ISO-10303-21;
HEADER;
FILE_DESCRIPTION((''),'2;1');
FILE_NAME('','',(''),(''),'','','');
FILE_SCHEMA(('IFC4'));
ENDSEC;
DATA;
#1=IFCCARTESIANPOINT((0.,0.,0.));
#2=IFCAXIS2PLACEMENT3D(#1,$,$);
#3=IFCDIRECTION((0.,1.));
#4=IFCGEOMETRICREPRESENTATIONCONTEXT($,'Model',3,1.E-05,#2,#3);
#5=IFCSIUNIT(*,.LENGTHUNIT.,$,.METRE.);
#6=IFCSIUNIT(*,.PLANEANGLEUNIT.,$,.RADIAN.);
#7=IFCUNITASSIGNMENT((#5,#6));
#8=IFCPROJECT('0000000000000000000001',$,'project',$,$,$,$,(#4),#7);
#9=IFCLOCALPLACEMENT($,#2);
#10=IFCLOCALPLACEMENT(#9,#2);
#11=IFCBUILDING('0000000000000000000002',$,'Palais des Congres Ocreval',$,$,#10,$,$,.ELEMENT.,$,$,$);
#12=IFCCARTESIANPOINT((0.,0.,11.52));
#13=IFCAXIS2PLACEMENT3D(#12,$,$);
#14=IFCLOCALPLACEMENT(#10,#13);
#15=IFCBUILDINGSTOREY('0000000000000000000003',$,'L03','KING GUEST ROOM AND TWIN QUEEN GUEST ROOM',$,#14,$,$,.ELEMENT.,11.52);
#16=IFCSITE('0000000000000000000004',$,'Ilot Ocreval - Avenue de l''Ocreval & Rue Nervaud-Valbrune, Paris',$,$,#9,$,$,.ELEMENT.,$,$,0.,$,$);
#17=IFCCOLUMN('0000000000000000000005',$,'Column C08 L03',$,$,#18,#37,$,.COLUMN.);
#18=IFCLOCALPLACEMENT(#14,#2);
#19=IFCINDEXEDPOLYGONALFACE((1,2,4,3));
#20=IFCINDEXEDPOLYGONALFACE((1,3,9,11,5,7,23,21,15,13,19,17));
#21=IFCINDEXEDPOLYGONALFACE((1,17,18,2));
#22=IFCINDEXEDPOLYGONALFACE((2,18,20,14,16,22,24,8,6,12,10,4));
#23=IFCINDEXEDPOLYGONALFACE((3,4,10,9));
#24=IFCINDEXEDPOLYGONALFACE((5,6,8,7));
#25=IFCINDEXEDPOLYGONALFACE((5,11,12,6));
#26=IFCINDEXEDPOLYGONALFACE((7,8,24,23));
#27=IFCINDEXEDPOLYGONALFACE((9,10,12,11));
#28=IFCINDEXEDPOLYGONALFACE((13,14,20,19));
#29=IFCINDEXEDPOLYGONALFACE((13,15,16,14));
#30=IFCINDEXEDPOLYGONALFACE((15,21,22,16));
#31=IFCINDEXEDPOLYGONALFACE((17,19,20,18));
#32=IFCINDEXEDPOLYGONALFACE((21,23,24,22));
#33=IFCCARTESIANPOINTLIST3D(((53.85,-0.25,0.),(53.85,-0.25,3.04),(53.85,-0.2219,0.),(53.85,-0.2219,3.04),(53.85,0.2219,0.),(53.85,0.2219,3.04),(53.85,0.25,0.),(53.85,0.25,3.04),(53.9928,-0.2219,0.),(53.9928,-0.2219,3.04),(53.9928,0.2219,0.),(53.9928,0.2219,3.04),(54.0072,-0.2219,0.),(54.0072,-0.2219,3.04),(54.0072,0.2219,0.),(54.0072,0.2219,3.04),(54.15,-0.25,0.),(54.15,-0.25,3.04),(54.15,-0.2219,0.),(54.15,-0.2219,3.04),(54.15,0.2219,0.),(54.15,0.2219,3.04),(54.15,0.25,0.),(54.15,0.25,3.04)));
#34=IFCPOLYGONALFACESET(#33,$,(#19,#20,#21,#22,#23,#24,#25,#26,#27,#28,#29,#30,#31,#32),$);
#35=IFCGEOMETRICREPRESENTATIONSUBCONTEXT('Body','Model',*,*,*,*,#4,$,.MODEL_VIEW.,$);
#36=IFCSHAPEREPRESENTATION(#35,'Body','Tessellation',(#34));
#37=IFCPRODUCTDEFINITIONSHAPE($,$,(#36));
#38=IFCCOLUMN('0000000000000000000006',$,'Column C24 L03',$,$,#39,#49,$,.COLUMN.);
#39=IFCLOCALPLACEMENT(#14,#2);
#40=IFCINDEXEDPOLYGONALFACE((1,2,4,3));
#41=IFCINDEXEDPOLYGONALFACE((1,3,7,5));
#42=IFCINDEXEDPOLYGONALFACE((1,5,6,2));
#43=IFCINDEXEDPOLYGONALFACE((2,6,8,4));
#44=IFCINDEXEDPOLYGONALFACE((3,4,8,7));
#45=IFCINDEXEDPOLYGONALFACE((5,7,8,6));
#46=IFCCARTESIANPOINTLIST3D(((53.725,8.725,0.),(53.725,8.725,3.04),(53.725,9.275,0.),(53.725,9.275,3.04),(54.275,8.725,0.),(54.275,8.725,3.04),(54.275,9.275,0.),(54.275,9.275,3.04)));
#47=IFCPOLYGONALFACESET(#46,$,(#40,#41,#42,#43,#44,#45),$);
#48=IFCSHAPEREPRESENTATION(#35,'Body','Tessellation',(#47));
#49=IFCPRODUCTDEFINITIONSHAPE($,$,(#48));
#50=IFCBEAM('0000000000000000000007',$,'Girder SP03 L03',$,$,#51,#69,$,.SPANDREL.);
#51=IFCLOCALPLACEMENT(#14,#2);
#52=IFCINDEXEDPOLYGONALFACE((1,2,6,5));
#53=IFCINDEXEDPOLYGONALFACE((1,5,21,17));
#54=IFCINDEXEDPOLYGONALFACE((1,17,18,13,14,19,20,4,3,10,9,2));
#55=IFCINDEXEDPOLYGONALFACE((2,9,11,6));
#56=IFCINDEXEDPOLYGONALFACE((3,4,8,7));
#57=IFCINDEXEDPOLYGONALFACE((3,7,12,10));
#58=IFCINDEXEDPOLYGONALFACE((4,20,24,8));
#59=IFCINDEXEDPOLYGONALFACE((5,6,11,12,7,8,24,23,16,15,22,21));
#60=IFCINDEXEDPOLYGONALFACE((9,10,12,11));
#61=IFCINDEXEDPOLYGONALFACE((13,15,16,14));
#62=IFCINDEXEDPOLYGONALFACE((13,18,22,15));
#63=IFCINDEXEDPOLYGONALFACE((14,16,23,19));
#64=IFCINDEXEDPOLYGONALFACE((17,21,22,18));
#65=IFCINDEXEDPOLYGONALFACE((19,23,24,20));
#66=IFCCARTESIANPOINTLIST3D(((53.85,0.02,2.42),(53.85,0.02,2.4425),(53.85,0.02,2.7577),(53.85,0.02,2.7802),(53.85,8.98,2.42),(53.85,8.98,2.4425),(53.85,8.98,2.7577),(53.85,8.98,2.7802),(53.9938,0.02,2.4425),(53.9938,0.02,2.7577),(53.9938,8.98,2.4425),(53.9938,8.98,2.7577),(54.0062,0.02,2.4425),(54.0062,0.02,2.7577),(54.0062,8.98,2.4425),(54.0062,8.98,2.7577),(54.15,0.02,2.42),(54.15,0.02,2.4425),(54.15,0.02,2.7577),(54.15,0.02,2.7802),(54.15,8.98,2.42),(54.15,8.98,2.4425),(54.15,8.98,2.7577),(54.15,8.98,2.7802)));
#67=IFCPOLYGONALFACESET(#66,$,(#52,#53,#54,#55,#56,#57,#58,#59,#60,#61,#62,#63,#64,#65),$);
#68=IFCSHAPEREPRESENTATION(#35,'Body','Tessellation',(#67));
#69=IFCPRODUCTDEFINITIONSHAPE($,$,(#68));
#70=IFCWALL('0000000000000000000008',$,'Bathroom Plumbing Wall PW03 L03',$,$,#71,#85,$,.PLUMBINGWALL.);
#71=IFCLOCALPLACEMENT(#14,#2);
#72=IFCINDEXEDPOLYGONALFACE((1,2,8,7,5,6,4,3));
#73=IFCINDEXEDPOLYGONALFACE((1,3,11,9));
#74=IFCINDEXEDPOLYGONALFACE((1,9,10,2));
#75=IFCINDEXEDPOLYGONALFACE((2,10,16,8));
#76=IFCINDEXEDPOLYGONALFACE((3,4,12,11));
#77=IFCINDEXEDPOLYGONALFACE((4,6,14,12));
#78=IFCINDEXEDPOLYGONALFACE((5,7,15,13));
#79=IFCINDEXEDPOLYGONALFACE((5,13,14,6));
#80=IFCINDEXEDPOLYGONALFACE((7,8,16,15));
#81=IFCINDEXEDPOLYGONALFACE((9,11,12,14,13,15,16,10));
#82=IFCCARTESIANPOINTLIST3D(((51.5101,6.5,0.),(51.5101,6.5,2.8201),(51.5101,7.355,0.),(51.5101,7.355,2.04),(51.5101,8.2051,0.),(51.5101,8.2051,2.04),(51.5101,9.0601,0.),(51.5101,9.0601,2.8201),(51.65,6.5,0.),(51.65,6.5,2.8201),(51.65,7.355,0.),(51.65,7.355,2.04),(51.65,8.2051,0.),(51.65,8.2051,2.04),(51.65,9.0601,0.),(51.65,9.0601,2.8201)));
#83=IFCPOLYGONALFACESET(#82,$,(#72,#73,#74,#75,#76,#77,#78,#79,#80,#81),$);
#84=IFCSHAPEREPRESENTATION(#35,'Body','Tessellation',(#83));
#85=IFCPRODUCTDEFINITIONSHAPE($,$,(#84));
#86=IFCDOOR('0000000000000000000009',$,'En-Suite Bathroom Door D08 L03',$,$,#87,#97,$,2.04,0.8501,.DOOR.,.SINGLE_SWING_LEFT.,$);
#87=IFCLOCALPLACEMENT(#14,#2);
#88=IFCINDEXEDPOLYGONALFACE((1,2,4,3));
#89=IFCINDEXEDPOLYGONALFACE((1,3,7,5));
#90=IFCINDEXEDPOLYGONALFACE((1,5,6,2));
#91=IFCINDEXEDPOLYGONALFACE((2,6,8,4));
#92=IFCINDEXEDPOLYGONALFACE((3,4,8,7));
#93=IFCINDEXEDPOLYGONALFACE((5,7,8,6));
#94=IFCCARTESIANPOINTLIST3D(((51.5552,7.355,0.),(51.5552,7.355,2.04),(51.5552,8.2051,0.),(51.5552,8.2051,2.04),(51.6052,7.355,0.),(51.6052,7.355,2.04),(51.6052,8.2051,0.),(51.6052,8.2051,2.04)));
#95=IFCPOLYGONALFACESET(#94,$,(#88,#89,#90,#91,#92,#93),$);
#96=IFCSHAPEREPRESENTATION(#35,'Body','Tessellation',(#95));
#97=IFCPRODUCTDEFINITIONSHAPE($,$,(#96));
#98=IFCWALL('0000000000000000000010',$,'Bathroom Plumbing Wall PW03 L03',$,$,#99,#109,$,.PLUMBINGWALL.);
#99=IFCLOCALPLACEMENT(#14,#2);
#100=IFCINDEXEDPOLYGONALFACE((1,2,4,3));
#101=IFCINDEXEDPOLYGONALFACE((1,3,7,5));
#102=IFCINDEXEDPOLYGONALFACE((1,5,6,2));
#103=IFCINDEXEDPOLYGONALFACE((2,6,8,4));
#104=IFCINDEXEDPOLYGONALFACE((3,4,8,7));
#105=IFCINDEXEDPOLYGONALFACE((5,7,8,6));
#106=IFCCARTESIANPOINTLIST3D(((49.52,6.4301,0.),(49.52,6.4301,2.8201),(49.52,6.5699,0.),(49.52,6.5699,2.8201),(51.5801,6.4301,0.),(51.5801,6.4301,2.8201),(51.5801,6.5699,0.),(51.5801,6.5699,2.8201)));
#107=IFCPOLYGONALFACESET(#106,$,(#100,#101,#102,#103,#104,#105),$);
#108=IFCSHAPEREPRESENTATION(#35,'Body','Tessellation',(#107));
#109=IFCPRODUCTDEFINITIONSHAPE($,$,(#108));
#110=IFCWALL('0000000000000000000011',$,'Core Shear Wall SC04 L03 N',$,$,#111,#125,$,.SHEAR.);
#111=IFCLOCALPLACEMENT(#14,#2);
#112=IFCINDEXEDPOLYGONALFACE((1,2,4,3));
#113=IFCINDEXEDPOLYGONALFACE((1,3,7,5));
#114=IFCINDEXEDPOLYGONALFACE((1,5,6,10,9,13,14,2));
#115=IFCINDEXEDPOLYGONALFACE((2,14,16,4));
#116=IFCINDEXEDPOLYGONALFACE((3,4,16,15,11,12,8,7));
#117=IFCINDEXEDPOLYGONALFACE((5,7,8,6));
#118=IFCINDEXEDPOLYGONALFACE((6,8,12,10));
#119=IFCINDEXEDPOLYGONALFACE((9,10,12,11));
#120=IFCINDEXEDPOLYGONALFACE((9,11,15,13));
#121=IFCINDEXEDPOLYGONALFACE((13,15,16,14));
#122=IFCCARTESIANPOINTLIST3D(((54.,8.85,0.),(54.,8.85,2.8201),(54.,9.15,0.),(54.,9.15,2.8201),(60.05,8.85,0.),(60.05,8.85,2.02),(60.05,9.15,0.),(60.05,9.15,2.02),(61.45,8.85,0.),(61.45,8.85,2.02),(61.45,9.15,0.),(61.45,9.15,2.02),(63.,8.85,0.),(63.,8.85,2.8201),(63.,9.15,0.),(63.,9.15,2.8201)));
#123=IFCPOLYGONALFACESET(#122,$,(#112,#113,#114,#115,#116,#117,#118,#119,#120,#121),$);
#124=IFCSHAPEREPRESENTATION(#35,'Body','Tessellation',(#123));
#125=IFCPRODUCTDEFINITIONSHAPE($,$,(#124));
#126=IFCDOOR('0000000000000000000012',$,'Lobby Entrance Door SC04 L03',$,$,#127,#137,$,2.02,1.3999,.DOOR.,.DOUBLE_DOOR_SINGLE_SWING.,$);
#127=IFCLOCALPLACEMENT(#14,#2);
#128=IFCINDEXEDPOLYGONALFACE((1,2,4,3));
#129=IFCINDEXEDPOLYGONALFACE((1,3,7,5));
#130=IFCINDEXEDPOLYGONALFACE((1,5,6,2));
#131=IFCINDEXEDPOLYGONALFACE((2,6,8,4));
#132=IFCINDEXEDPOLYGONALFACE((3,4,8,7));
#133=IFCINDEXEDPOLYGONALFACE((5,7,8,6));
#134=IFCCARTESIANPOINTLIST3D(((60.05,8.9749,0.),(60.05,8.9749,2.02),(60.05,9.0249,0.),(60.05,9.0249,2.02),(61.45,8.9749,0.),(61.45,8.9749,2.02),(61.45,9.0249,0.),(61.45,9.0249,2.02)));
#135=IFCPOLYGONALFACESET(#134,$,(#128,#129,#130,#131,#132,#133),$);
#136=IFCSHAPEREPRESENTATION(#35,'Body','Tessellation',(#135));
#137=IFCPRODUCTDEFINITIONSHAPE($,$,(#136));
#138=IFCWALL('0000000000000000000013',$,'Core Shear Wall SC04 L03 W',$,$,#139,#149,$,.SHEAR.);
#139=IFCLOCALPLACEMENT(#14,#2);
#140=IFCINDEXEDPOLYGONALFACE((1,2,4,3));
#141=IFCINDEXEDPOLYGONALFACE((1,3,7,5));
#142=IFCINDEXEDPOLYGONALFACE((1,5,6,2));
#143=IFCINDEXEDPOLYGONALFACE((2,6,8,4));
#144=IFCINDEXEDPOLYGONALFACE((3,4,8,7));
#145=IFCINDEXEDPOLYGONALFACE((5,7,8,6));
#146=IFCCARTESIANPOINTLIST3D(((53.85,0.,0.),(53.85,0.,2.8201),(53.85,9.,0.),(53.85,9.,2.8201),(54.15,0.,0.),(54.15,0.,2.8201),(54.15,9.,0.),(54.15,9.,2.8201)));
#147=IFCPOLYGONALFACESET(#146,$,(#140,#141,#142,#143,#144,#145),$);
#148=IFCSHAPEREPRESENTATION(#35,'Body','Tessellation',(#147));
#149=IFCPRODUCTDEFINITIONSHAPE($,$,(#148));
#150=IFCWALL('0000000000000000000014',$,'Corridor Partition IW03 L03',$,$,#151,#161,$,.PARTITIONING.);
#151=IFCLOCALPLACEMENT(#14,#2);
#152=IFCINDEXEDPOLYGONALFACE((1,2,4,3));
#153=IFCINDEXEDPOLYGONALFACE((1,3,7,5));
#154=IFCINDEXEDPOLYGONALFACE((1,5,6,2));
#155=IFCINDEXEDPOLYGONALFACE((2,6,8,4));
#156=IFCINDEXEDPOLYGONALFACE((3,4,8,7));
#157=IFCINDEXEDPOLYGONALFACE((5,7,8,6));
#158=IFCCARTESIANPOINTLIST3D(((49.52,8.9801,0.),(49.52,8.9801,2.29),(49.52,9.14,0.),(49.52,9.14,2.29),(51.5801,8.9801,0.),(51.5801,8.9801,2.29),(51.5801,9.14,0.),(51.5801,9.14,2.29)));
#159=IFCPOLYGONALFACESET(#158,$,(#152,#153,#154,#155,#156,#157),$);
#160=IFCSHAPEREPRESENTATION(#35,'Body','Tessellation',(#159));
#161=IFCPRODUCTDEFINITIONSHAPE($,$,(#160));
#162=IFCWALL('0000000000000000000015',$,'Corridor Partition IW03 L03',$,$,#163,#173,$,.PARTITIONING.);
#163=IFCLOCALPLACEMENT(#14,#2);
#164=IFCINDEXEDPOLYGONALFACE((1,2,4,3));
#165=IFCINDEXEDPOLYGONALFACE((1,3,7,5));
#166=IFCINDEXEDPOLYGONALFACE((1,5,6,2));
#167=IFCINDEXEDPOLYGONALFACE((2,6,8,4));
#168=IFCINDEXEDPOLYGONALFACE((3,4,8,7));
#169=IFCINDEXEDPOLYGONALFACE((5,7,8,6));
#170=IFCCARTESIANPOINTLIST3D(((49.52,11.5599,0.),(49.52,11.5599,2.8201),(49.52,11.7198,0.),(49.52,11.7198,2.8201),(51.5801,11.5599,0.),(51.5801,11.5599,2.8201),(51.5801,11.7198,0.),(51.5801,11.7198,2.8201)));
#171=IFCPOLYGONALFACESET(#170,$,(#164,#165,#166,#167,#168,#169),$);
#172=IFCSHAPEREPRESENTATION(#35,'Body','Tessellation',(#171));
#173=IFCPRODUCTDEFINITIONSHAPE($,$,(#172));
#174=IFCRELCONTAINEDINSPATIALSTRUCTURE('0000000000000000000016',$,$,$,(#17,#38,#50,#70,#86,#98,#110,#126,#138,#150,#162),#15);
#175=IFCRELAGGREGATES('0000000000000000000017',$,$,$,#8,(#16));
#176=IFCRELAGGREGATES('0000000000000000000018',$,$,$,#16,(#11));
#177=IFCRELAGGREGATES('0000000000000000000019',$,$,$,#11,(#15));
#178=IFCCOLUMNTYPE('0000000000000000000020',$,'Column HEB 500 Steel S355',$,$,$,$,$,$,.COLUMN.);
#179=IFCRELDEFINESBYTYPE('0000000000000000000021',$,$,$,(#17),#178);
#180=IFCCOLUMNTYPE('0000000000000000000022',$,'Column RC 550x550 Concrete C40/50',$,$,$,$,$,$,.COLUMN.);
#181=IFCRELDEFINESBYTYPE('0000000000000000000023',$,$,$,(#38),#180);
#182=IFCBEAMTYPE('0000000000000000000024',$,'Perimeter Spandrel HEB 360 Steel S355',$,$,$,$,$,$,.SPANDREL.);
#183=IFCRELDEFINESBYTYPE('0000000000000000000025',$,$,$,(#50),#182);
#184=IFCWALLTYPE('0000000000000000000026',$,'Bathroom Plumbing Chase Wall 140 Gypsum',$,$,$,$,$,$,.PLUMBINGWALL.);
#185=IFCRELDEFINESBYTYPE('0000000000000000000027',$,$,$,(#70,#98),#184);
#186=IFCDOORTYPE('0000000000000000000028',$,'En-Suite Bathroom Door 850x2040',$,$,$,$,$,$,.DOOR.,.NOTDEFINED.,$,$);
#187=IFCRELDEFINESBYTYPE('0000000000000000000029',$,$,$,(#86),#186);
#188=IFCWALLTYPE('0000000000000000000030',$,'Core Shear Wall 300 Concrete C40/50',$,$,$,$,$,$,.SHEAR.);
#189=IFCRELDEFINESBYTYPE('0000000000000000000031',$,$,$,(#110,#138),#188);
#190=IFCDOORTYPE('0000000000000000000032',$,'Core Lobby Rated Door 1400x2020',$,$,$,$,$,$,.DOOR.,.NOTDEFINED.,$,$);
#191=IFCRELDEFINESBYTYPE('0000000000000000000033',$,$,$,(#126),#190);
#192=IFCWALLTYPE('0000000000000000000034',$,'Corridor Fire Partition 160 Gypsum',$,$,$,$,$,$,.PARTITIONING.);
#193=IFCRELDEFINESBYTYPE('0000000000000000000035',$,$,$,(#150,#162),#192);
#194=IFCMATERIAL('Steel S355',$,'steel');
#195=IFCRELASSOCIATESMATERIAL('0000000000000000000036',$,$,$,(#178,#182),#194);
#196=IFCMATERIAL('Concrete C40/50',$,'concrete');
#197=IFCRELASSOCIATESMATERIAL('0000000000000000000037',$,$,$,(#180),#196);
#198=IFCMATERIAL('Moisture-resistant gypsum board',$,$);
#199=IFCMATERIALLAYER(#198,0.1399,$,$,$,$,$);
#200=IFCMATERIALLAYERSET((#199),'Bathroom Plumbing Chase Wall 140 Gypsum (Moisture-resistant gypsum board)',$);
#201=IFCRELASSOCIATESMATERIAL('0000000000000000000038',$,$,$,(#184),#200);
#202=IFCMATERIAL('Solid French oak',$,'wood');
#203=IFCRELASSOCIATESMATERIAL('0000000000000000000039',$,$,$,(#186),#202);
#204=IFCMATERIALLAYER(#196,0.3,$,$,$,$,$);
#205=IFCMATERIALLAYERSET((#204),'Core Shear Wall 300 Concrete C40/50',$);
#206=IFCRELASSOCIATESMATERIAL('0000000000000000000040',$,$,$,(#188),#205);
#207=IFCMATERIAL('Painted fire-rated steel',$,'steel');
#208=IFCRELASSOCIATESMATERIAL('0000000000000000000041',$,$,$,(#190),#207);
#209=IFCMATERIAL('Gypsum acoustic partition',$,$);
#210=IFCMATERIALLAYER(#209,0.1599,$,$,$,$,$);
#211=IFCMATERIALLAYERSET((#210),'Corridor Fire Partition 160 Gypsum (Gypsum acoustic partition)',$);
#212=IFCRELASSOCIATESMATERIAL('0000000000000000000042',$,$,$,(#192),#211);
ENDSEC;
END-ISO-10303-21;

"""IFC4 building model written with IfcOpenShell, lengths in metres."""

from ifc_helpers import new_model, si_unit, direction, frame, frame_2d, origin, origin_2d, place, context, subcontext, project, spatial, rectangle, i_section, extrude, material, layer, layer_set, material_profile, profile_set, type_object, element, fill, save


model = new_model("IFC4")

# Units and contexts
model_context = context("Model", 3, precision=1e-05, world=origin(), true_north=direction((0.0, 1.0)))
body_context = subcontext(model_context, "Body", "Model", "MODEL_VIEW")
ifc_project = project(units=[si_unit("LENGTHUNIT", "METRE"), si_unit("PLANEANGLEUNIT", "RADIAN")], contexts=[model_context])

# Site, building, storey
site_placement = place(None, origin())
site = spatial("IfcSite", under=ifc_project, at=site_placement, Name="Ilot Ocreval - Avenue de l'Ocreval & Rue Nervaud-Valbrune, Paris", CompositionType="ELEMENT", RefElevation=0.0)
building_placement = place(site_placement, origin())
building = spatial("IfcBuilding", under=site, at=building_placement, Name="Palais des Congres Ocreval", CompositionType="ELEMENT")
storey_placement = place(building_placement, frame((0.0, 0.0, 11.52)))
storey = spatial("IfcBuildingStorey", under=building, at=storey_placement, Name="L03", Description="KING GUEST ROOM AND TWIN QUEEN GUEST ROOM", CompositionType="ELEMENT", Elevation=11.52)

# Columns
ifc_material_1 = material(Name="Steel S355", Category="steel")
ifc_material_profile_1 = material_profile(ifc_material_1, i_section(OverallWidth=0.3, OverallDepth=0.5, WebThickness=0.0144, FlangeThickness=0.0281, at=origin_2d()), Name="HEB 500")
ifc_profile_set_1 = profile_set([ifc_material_profile_1], Name="Steel S355")
column_type_1 = type_object("IfcColumnType", Name="Column HEB 500 Steel S355", PredefinedType="COLUMN", material=ifc_profile_set_1)
column_1_placement = place(storey_placement, frame((54.0, 0.0, 0.0), z_axis=(0.0, 0.0, 1.0), x_axis=(1.0, 0.0, 0.0)))
element("IfcColumn", 1, at=column_1_placement, inside=storey, type_object=column_type_1, Name="Column C08 L03", PredefinedType="COLUMN", context=body_context, shape_type="SweptSolid", body=[
    extrude(i_section(OverallWidth=0.3, OverallDepth=0.5, WebThickness=0.0144, FlangeThickness=0.0281, at=origin_2d()), origin(), (0.0, 0.0, 1.0), 3.04),
])
ifc_material_2 = material(Name="Concrete C40/50", Category="concrete")
ifc_material_profile_2 = material_profile(ifc_material_2, rectangle(XDim=0.55, YDim=0.55, at=origin_2d()), Name="RC 550x550")
ifc_profile_set_2 = profile_set([ifc_material_profile_2], Name="Concrete C40/50")
column_type_2 = type_object("IfcColumnType", Name="Column RC 550x550 Concrete C40/50", PredefinedType="COLUMN", material=ifc_profile_set_2)
column_2_placement = place(storey_placement, frame((54.0, 9.0, 0.0), z_axis=(0.0, 0.0, 1.0), x_axis=(1.0, 0.0, 0.0)))
element("IfcColumn", 2, at=column_2_placement, inside=storey, type_object=column_type_2, Name="Column C24 L03", PredefinedType="COLUMN", context=body_context, shape_type="SweptSolid", body=[
    extrude(rectangle(XDim=0.55, YDim=0.55, at=origin_2d()), origin(), (0.0, 0.0, 1.0), 3.04),
])

# Beam
ifc_material_profile_3 = material_profile(ifc_material_1, i_section(OverallWidth=0.3, OverallDepth=0.3601, WebThickness=0.0125, FlangeThickness=0.0225, at=origin_2d()), Name="HEB 360")
ifc_profile_set_3 = profile_set([ifc_material_profile_3], Name="Steel S355")
beam_type = type_object("IfcBeamType", Name="Perimeter Spandrel HEB 360 Steel S355", PredefinedType="SPANDREL", material=ifc_profile_set_3)
beam_placement = place(storey_placement, frame((54.0, 0.02, 2.6001), z_axis=(0.0, 1.0, 0.0), x_axis=(-1.0, 0.0, 0.0)))
element("IfcBeam", 3, at=beam_placement, inside=storey, type_object=beam_type, Name="Girder SP03 L03", PredefinedType="SPANDREL", context=body_context, shape_type="SweptSolid", body=[
    extrude(i_section(OverallWidth=0.3, OverallDepth=0.3601, WebThickness=0.0125, FlangeThickness=0.0225, at=origin_2d()), origin(), (0.0, 0.0, 1.0), 8.96),
])

# Wall, opening, door
ifc_material_3 = material(Name="Moisture-resistant gypsum board")
ifc_layer_1 = layer(ifc_material_3, 0.1399)
ifc_layer_set_1 = layer_set([ifc_layer_1], Name="Bathroom Plumbing Chase Wall 140 Gypsum (Moisture-resistant gypsum board)")
wall_type_1 = type_object("IfcWallType", Name="Bathroom Plumbing Chase Wall 140 Gypsum", PredefinedType="PLUMBINGWALL", material=ifc_layer_set_1)
wall_1_placement = place(storey_placement, frame((51.5801, 6.5, 0.0), z_axis=(0.0, 0.0, 1.0), x_axis=(0.0, 1.0, 0.0)))
wall_1 = element("IfcWall", 4, at=wall_1_placement, inside=storey, type_object=wall_type_1, Name="Bathroom Plumbing Wall PW03 L03", PredefinedType="PLUMBINGWALL", context=body_context, shape_type="SweptSolid", body=[
    extrude(rectangle(XDim=2.5601, YDim=0.1399, at=frame_2d((1.28, 0.0))), origin(), (0.0, 0.0, 1.0), 2.8201),
])
opening_1_placement = place(wall_1_placement, frame((0.855, 0.0, 0.0)))
opening_1 = element("IfcOpeningElement", 5, at=opening_1_placement, cuts=wall_1, PredefinedType="OPENING", context=body_context, shape_type="SweptSolid", body=[
    extrude(rectangle(XDim=0.8501, YDim=2.04, at=frame_2d((0.425, 1.02))), frame((0.0, 0.0798, 0.0), z_axis=(0.0, -1.0, 0.0), x_axis=(1.0, 0.0, 0.0)), (0.0, 0.0, 1.0), 0.1599),
])
ifc_material_4 = material(Name="Solid French oak", Category="wood")
door_type_1 = type_object("IfcDoorType", Name="En-Suite Bathroom Door 850x2040", OperationType="NOTDEFINED", PredefinedType="DOOR", material=ifc_material_4)
door_1_placement = place(opening_1_placement, origin())
door_1 = element("IfcDoor", 6, at=door_1_placement, inside=storey, type_object=door_type_1, Name="En-Suite Bathroom Door D08 L03", OperationType="SINGLE_SWING_LEFT", OverallHeight=2.04, OverallWidth=0.8501, PredefinedType="DOOR", context=body_context, shape_type="SweptSolid", body=[
    extrude(rectangle(XDim=0.8501, YDim=2.04, at=frame_2d((0.425, 1.02))), frame((0.0, 0.0249, 0.0), z_axis=(0.0, -1.0, 0.0), x_axis=(1.0, 0.0, 0.0)), (0.0, 0.0, 1.0), 0.05),
])
fill(opening_1, door_1)

# Wall
wall_2_placement = place(storey_placement, frame((49.52, 6.5, 0.0), z_axis=(0.0, 0.0, 1.0), x_axis=(1.0, 0.0, 0.0)))
element("IfcWall", 7, at=wall_2_placement, inside=storey, type_object=wall_type_1, Name="Bathroom Plumbing Wall PW03 L03", PredefinedType="PLUMBINGWALL", context=body_context, shape_type="SweptSolid", body=[
    extrude(rectangle(XDim=2.0601, YDim=0.1399, at=frame_2d((1.03, 0.0))), origin(), (0.0, 0.0, 1.0), 2.8201),
])

# Wall, opening, door
ifc_layer_2 = layer(ifc_material_2, 0.3)
ifc_layer_set_2 = layer_set([ifc_layer_2], Name="Core Shear Wall 300 Concrete C40/50")
wall_type_2 = type_object("IfcWallType", Name="Core Shear Wall 300 Concrete C40/50", PredefinedType="SHEAR", material=ifc_layer_set_2)
wall_3_placement = place(storey_placement, frame((54.0, 9.0, 0.0), z_axis=(0.0, 0.0, 1.0), x_axis=(1.0, 0.0, 0.0)))
wall_3 = element("IfcWall", 8, at=wall_3_placement, inside=storey, type_object=wall_type_2, Name="Core Shear Wall SC04 L03 N", PredefinedType="SHEAR", context=body_context, shape_type="SweptSolid", body=[
    extrude(rectangle(XDim=9.0, YDim=0.3, at=frame_2d((4.5, 0.0))), origin(), (0.0, 0.0, 1.0), 2.8201),
])
opening_2_placement = place(wall_3_placement, frame((6.05, 0.0, 0.0)))
opening_2 = element("IfcOpeningElement", 9, at=opening_2_placement, cuts=wall_3, PredefinedType="OPENING", context=body_context, shape_type="SweptSolid", body=[
    extrude(rectangle(XDim=1.3999, YDim=2.02, at=frame_2d((0.7, 1.01))), frame((0.0, 0.1599, 0.0), z_axis=(0.0, -1.0, 0.0), x_axis=(1.0, 0.0, 0.0)), (0.0, 0.0, 1.0), 0.3201),
])
ifc_material_5 = material(Name="Painted fire-rated steel", Category="steel")
door_type_2 = type_object("IfcDoorType", Name="Core Lobby Rated Door 1400x2020", OperationType="NOTDEFINED", PredefinedType="DOOR", material=ifc_material_5)
door_2_placement = place(opening_2_placement, origin())
door_2 = element("IfcDoor", 10, at=door_2_placement, inside=storey, type_object=door_type_2, Name="Lobby Entrance Door SC04 L03", OperationType="DOUBLE_DOOR_SINGLE_SWING", OverallHeight=2.02, OverallWidth=1.3999, PredefinedType="DOOR", context=body_context, shape_type="SweptSolid", body=[
    extrude(rectangle(XDim=1.3999, YDim=2.02, at=frame_2d((0.7, 1.01))), frame((0.0, 0.0249, 0.0), z_axis=(0.0, -1.0, 0.0), x_axis=(1.0, 0.0, 0.0)), (0.0, 0.0, 1.0), 0.05),
])
fill(opening_2, door_2)

# Walls
wall_4_placement = place(storey_placement, frame((54.0, 0.0, 0.0), z_axis=(0.0, 0.0, 1.0), x_axis=(0.0, 1.0, 0.0)))
element("IfcWall", 11, at=wall_4_placement, inside=storey, type_object=wall_type_2, Name="Core Shear Wall SC04 L03 W", PredefinedType="SHEAR", context=body_context, shape_type="SweptSolid", body=[
    extrude(rectangle(XDim=9.0, YDim=0.3, at=frame_2d((4.5, 0.0))), origin(), (0.0, 0.0, 1.0), 2.8201),
])
ifc_material_6 = material(Name="Gypsum acoustic partition")
ifc_layer_3 = layer(ifc_material_6, 0.1599)
ifc_layer_set_3 = layer_set([ifc_layer_3], Name="Corridor Fire Partition 160 Gypsum (Gypsum acoustic partition)")
wall_type_3 = type_object("IfcWallType", Name="Corridor Fire Partition 160 Gypsum", PredefinedType="PARTITIONING", material=ifc_layer_set_3)
wall_5_placement = place(storey_placement, frame((49.52, 9.0601, 0.0), z_axis=(0.0, 0.0, 1.0), x_axis=(1.0, 0.0, 0.0)))
element("IfcWall", 12, at=wall_5_placement, inside=storey, type_object=wall_type_3, Name="Corridor Partition IW03 L03", PredefinedType="PARTITIONING", context=body_context, shape_type="SweptSolid", body=[
    extrude(rectangle(XDim=2.0601, YDim=0.1599, at=frame_2d((1.03, 0.0))), origin(), (0.0, 0.0, 1.0), 2.29),
])
wall_6_placement = place(storey_placement, frame((49.52, 11.6399, 0.0), z_axis=(0.0, 0.0, 1.0), x_axis=(1.0, 0.0, 0.0)))
element("IfcWall", 13, at=wall_6_placement, inside=storey, type_object=wall_type_3, Name="Corridor Partition IW03 L03", PredefinedType="PARTITIONING", context=body_context, shape_type="SweptSolid", body=[
    extrude(rectangle(XDim=2.0601, YDim=0.1599, at=frame_2d((1.03, 0.0))), origin(), (0.0, 0.0, 1.0), 2.8201),
])

save(model, "model.ifc")
